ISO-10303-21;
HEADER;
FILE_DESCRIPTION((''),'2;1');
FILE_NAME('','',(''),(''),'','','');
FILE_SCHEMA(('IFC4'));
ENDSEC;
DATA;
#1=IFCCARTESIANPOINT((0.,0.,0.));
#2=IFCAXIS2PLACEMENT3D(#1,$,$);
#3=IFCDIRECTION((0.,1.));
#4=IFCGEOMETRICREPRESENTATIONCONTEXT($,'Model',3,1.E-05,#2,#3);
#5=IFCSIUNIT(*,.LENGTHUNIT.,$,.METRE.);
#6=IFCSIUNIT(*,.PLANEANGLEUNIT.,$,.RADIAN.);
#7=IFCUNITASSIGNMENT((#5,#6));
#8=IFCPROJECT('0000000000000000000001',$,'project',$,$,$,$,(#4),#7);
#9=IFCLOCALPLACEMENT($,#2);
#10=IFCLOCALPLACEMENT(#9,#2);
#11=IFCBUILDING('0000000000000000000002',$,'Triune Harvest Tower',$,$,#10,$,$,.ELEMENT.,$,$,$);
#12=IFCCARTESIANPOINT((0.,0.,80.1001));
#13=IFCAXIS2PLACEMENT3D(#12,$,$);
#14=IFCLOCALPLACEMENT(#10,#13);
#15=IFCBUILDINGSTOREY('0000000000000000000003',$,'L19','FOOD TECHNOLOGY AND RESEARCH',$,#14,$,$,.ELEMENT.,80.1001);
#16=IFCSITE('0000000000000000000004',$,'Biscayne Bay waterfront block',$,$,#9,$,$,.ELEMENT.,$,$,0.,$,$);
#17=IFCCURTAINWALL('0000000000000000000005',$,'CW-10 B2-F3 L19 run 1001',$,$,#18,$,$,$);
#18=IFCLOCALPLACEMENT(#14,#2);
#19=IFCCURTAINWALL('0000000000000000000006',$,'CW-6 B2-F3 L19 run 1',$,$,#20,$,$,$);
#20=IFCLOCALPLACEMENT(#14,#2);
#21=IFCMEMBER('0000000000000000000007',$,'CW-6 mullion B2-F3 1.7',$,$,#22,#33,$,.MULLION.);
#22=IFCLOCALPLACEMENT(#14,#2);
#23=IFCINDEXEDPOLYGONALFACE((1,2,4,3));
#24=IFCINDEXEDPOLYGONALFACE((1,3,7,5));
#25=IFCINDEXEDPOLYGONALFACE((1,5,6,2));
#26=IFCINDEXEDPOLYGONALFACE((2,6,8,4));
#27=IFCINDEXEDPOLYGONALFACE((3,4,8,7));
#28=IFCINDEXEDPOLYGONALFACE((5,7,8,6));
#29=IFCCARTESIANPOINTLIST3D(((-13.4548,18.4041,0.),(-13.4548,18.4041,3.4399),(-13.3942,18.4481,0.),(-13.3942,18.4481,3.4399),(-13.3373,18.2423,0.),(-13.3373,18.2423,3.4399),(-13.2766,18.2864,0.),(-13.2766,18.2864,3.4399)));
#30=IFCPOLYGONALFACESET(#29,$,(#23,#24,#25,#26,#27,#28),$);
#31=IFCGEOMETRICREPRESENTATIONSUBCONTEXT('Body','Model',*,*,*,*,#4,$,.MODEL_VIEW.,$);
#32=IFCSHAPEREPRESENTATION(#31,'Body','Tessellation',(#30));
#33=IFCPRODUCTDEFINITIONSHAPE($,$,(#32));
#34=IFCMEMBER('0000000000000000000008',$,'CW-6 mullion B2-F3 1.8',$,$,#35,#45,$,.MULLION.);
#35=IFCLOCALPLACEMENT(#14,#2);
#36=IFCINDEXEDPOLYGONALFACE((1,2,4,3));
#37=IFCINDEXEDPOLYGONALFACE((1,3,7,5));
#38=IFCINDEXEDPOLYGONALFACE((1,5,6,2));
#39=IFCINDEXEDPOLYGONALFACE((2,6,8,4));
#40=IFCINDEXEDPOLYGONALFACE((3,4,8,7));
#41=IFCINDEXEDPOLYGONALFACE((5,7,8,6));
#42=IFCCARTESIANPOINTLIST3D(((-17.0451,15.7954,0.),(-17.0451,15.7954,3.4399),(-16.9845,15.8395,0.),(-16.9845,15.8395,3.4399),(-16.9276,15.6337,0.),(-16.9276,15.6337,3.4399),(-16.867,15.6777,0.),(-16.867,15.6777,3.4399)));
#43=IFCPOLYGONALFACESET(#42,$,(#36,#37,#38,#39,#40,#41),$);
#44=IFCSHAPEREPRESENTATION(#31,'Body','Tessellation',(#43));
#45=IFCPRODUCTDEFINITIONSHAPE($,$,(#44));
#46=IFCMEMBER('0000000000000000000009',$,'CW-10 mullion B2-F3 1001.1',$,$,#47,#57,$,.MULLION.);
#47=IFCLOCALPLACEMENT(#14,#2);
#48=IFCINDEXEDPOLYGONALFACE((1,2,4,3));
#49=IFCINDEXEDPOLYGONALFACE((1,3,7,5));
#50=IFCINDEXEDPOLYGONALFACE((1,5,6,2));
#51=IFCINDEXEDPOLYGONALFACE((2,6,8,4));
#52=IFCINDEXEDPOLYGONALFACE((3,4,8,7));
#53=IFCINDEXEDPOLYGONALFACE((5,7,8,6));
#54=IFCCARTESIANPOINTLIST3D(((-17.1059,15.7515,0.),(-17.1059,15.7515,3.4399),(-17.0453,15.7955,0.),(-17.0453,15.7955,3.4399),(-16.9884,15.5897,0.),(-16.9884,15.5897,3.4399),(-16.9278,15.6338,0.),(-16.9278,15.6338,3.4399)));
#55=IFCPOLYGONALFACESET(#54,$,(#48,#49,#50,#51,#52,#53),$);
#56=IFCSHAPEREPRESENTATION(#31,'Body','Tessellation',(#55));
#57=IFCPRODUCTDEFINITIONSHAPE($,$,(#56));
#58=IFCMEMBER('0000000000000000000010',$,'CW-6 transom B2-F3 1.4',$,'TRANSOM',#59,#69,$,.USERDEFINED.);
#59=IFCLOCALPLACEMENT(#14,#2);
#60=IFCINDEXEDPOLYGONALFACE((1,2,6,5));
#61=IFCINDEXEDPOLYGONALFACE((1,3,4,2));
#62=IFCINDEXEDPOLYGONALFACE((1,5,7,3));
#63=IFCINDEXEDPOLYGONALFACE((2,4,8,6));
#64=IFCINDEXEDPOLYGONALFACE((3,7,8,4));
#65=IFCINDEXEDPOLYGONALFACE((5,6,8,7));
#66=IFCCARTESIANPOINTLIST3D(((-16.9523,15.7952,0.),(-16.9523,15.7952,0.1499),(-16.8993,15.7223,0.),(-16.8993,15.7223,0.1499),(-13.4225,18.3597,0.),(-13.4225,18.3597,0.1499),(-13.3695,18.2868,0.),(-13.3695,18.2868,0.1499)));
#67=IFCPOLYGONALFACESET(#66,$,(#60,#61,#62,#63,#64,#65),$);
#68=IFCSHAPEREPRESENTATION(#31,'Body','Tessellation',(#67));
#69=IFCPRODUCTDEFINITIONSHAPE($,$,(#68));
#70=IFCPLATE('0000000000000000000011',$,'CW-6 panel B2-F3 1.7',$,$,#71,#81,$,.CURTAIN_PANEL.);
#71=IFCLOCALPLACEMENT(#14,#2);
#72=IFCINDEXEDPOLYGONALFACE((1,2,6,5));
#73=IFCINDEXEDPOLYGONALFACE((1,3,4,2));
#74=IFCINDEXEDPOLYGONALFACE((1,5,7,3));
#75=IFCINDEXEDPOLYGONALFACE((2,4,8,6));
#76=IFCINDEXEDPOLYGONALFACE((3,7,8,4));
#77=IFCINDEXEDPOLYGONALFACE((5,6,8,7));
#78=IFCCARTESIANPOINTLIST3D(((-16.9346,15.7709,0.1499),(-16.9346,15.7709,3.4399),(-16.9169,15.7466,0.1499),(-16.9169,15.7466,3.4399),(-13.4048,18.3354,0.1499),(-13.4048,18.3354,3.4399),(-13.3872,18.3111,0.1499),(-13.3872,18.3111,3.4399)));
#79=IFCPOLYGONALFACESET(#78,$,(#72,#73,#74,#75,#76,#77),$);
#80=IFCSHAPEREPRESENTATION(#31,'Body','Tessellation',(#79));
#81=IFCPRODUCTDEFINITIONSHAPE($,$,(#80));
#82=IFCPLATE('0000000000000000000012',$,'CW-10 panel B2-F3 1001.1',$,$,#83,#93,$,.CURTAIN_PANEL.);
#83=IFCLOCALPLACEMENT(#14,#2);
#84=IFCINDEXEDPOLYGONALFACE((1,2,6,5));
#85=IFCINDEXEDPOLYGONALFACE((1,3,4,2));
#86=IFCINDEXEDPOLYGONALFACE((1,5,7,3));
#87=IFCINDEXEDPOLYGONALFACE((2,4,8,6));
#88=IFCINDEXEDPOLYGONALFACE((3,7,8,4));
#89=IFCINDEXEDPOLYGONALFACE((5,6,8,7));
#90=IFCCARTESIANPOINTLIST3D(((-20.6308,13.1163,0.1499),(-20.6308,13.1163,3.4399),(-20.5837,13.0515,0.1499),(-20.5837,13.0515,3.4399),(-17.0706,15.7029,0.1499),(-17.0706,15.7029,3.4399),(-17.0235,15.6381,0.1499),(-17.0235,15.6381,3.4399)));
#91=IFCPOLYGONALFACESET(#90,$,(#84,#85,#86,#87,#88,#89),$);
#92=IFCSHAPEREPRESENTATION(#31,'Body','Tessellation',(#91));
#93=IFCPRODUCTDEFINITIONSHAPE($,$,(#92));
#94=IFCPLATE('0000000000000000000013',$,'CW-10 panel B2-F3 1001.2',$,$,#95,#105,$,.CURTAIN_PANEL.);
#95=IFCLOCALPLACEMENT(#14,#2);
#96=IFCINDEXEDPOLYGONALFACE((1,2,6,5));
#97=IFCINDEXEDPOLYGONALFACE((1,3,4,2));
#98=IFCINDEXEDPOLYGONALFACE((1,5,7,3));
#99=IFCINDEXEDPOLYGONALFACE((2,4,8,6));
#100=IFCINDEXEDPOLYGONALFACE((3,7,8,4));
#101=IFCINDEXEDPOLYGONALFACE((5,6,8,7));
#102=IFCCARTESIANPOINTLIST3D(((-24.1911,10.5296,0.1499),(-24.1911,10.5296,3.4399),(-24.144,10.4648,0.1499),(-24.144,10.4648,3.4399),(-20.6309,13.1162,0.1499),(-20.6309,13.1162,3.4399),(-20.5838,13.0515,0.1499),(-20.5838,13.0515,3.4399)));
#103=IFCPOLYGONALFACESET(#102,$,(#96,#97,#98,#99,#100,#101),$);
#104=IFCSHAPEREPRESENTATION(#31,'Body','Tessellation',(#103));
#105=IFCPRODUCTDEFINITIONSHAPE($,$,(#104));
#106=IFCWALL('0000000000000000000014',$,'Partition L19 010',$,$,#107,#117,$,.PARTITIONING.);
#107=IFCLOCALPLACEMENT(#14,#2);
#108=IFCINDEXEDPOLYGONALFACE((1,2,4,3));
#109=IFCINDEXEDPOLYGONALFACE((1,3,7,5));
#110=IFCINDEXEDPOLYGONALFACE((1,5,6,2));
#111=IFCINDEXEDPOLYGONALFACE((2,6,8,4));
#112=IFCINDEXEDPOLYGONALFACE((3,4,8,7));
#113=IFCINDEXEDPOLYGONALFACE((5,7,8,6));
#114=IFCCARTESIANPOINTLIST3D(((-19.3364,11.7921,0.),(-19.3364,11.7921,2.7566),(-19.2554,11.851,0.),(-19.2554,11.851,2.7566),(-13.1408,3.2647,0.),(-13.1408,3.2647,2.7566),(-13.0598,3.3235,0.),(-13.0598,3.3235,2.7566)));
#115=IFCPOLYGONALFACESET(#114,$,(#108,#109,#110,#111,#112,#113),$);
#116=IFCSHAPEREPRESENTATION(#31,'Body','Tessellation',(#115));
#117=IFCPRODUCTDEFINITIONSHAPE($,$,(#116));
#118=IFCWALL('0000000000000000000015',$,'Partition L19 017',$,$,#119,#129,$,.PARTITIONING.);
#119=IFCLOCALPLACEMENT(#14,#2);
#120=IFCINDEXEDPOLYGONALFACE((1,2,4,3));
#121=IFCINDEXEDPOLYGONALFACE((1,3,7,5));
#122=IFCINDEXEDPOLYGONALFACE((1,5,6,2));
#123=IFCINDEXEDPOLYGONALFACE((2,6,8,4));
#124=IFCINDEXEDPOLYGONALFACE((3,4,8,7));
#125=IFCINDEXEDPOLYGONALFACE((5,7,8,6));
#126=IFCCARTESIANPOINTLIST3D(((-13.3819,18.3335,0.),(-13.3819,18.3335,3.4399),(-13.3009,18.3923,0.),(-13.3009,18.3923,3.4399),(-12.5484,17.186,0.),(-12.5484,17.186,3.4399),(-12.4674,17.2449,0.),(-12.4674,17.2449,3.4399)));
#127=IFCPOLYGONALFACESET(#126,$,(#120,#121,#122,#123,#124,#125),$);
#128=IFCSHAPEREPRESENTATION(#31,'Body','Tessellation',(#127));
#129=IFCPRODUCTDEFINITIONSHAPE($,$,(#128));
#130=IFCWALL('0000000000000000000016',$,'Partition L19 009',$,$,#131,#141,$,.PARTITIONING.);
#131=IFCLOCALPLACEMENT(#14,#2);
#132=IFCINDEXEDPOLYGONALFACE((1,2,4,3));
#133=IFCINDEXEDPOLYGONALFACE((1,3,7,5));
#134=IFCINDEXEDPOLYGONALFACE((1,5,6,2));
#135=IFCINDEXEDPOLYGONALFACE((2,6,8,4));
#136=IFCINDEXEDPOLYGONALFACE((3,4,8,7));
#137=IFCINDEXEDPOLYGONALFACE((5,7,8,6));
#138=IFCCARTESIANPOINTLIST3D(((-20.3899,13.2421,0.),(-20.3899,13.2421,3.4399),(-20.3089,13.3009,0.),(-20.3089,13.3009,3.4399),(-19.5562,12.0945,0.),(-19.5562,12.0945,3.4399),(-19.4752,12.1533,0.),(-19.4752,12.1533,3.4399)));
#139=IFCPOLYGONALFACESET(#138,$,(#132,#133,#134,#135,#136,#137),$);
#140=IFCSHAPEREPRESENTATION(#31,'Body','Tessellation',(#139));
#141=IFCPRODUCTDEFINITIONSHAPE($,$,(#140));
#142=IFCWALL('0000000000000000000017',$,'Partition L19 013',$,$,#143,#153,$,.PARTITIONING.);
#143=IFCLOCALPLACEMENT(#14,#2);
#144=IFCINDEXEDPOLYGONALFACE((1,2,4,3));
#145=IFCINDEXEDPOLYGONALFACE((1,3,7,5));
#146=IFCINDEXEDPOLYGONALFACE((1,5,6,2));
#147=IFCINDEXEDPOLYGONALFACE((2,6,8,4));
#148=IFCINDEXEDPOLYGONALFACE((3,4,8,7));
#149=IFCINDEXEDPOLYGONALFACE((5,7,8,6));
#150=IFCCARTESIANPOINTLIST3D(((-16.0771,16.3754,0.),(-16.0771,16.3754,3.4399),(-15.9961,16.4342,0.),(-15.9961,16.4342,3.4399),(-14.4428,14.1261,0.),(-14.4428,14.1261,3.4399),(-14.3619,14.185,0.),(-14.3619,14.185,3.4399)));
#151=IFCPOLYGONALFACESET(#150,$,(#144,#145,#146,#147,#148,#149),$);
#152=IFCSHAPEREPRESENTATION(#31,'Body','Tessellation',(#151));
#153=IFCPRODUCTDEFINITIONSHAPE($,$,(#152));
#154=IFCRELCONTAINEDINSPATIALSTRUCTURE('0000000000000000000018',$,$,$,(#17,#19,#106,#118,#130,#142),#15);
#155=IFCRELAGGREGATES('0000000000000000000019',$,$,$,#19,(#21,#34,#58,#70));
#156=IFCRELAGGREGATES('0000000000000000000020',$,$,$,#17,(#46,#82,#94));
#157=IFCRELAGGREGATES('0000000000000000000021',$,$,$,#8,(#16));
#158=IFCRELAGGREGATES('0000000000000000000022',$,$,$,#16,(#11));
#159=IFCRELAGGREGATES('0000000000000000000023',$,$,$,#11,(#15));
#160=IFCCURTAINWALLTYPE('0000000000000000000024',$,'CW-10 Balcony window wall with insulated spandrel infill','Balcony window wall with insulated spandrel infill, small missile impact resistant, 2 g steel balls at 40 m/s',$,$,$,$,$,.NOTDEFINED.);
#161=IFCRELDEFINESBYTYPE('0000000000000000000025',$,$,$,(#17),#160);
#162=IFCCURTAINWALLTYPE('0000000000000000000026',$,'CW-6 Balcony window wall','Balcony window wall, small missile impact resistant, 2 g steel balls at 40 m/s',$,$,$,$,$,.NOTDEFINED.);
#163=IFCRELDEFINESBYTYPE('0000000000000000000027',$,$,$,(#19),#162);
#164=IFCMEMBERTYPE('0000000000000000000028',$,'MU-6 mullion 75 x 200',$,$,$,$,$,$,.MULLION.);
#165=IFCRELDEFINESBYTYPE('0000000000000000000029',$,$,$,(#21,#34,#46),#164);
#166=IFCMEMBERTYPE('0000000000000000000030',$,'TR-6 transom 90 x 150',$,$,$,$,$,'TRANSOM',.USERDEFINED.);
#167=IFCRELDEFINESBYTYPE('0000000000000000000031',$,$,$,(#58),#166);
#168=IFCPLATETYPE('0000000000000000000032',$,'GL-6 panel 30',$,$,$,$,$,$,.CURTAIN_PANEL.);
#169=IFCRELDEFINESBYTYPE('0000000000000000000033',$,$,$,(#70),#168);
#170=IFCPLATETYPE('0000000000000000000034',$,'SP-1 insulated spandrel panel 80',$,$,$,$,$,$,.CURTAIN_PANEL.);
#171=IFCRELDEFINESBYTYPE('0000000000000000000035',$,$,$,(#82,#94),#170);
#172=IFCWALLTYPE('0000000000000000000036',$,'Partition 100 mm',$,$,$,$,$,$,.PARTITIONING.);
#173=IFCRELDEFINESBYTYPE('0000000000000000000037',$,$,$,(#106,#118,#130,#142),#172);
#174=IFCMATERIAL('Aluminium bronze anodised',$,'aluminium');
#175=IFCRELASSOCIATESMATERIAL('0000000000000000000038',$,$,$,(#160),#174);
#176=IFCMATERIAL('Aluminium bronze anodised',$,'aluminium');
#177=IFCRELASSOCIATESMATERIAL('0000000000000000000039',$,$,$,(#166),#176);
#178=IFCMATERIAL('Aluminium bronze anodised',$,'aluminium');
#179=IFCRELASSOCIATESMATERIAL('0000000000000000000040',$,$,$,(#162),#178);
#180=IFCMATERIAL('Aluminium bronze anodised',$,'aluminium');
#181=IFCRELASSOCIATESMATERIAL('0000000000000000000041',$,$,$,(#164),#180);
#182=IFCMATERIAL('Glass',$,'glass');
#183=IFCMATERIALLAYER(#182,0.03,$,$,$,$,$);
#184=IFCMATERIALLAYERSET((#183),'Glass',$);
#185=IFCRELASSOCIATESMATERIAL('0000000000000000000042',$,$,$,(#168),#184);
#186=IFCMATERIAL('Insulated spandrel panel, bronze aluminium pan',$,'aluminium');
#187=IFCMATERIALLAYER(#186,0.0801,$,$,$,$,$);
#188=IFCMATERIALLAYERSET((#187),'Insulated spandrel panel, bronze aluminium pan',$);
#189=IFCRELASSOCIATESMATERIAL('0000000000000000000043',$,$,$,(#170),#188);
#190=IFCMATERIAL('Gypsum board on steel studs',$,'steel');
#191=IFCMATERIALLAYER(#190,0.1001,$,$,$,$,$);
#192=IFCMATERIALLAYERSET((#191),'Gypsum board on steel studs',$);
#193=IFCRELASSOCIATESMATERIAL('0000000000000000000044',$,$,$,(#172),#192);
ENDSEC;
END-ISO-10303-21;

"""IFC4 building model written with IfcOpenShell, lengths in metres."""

from ifc_helpers import new_model, si_unit, direction, frame, frame_2d, origin, origin_2d, place, context, subcontext, project, spatial, rectangle, extrude, source, transform, mapped, material, layer, layer_set, material_profile, profile_set, type_object, element, aggregate, save


model = new_model("IFC4")

# Units and contexts
model_context = context("Model", 3, precision=1e-05, world=origin(), true_north=direction((0.0, 1.0)))
body_context = subcontext(model_context, "Body", "Model", "MODEL_VIEW")
ifc_project = project(units=[si_unit("LENGTHUNIT", "METRE"), si_unit("PLANEANGLEUNIT", "RADIAN")], contexts=[model_context])

# Site, building, storey
site_placement = place(None, origin())
site = spatial("IfcSite", under=ifc_project, at=site_placement, Name="Biscayne Bay waterfront block", CompositionType="ELEMENT", RefElevation=0.0)
building_placement = place(site_placement, origin())
building = spatial("IfcBuilding", under=site, at=building_placement, Name="Triune Harvest Tower", CompositionType="ELEMENT")
storey_placement = place(building_placement, frame((0.0, 0.0, 80.1001)))
storey = spatial("IfcBuildingStorey", under=building, at=storey_placement, Name="L19", Description="FOOD TECHNOLOGY AND RESEARCH", CompositionType="ELEMENT", Elevation=80.1001)

# Curtain wall
ifc_material_1 = material(Name="Aluminium bronze anodised", Category="aluminium")
curtain_wall_type_1 = type_object("IfcCurtainWallType", Name="CW-10 Balcony window wall with insulated spandrel infill", Description="Balcony window wall with insulated spandrel infill, small missile impact resistant, 2 g steel balls at 40 m/s", PredefinedType="NOTDEFINED", material=ifc_material_1)
curtain_wall_1_placement = place(storey_placement, origin())
curtain_wall_1 = element("IfcCurtainWall", 1, at=curtain_wall_1_placement, inside=storey, type_object=curtain_wall_type_1, Name="CW-10 B2-F3 L19 run 1001")
ifc_material_2 = material(Name="Aluminium bronze anodised", Category="aluminium")
ifc_material_profile_1 = material_profile(ifc_material_2, rectangle(XDim=0.0901, YDim=0.1499, at=origin_2d()), Name="TR-6 transom 90 x 150")
ifc_profile_set_1 = profile_set([ifc_material_profile_1], Name="Aluminium bronze anodised")
member_type_1 = type_object("IfcMemberType", Name="TR-6 transom 90 x 150", ElementType="TRANSOM", PredefinedType="USERDEFINED", material=ifc_profile_set_1)

# Curtain wall, members
ifc_material_3 = material(Name="Aluminium bronze anodised", Category="aluminium")
curtain_wall_type_2 = type_object("IfcCurtainWallType", Name="CW-6 Balcony window wall", Description="Balcony window wall, small missile impact resistant, 2 g steel balls at 40 m/s", PredefinedType="NOTDEFINED", material=ifc_material_3)
curtain_wall_2_placement = place(storey_placement, origin())
curtain_wall_2 = element("IfcCurtainWall", 2, at=curtain_wall_2_placement, inside=storey, type_object=curtain_wall_type_2, Name="CW-6 B2-F3 L19 run 1")
ifc_material_4 = material(Name="Aluminium bronze anodised", Category="aluminium")
ifc_material_profile_2 = material_profile(ifc_material_4, rectangle(XDim=0.2, YDim=0.075, at=origin_2d()), Name="MU-6 mullion 75 x 200")
ifc_profile_set_2 = profile_set([ifc_material_profile_2], Name="Aluminium bronze anodised")
member_type_2 = type_object("IfcMemberType", Name="MU-6 mullion 75 x 200", PredefinedType="MULLION", material=ifc_profile_set_2)
shared_shape_1 = source(origin(), body_context, "Body", "SweptSolid", [
    extrude(rectangle(XDim=0.2, YDim=0.075, at=origin_2d()), origin(), (0.0, 0.0, 1.0), 3.4399),
])
member_1_placement = place(storey_placement, frame((-13.3657, 18.3452, 0.0), z_axis=(0.0, 0.0, 1.0), x_axis=(0.587785, -0.809017, 0.0)))
member_1 = element("IfcMember", 3, at=member_1_placement, type_object=member_type_2, Name="CW-6 mullion B2-F3 1.7", PredefinedType="MULLION", context=body_context, shape_type="MappedRepresentation", body=[
    mapped(shared_shape_1, transform((0.0, 0.0, 0.0), scale=1.0)),
])
member_2_placement = place(storey_placement, frame((-16.9561, 15.7366, 0.0), z_axis=(0.0, 0.0, 1.0), x_axis=(0.587785, -0.809017, 0.0)))
member_2 = element("IfcMember", 4, at=member_2_placement, type_object=member_type_2, Name="CW-6 mullion B2-F3 1.8", PredefinedType="MULLION", context=body_context, shape_type="MappedRepresentation", body=[
    mapped(shared_shape_1, transform((0.0, 0.0, 0.0), scale=1.0)),
])

# Members
member_3_placement = place(storey_placement, frame((-17.0168, 15.6926, 0.0), z_axis=(0.0, 0.0, 1.0), x_axis=(0.587787, -0.809016, 0.0)))
member_3 = element("IfcMember", 5, at=member_3_placement, type_object=member_type_2, Name="CW-10 mullion B2-F3 1001.1", PredefinedType="MULLION", context=body_context, shape_type="MappedRepresentation", body=[
    mapped(shared_shape_1, transform((0.0, 0.0, 0.0), scale=1.0)),
])
shared_shape_2 = source(origin(), body_context, "Body", "SweptSolid", [
    extrude(rectangle(XDim=0.0901, YDim=0.1499, at=origin_2d()), origin(), (0.0, 0.0, 1.0), 4.363),
])
member_4_placement = place(storey_placement, frame((-13.396, 18.3232, 0.075), z_axis=(-0.809026, -0.587772, 0.0), x_axis=(0.587772, -0.809026, 0.0)))
member_4 = element("IfcMember", 6, at=member_4_placement, type_object=member_type_1, Name="CW-6 transom B2-F3 1.4", ObjectType="TRANSOM", PredefinedType="USERDEFINED", context=body_context, shape_type="MappedRepresentation", body=[
    mapped(shared_shape_2, transform((0.0, 0.0, 0.0), scale=1.0)),
])

# Plates
ifc_material_5 = material(Name="Glass", Category="glass")
ifc_layer_1 = layer(ifc_material_5, 0.03)
ifc_layer_set_1 = layer_set([ifc_layer_1], Name="Glass")
plate_type_1 = type_object("IfcPlateType", Name="GL-6 panel 30", PredefinedType="CURTAIN_PANEL", material=ifc_layer_set_1)
plate_1_placement = place(storey_placement, frame((-15.1609, 17.041, 0.1499), z_axis=(0.0, 0.0, 1.0), x_axis=(-0.809017, -0.587785, 0.0)))
plate_1 = element("IfcPlate", 7, at=plate_1_placement, type_object=plate_type_1, Name="CW-6 panel B2-F3 1.7", PredefinedType="CURTAIN_PANEL", context=body_context, shape_type="SweptSolid", body=[
    extrude(rectangle(XDim=4.363, YDim=0.03, at=origin_2d()), origin(), (0.0, 0.0, 1.0), 3.29),
])
aggregate(curtain_wall_2, [member_1, member_2, member_4, plate_1])
ifc_material_6 = material(Name="Insulated spandrel panel, bronze aluminium pan", Category="aluminium")
ifc_layer_2 = layer(ifc_material_6, 0.0801)
ifc_layer_set_2 = layer_set([ifc_layer_2], Name="Insulated spandrel panel, bronze aluminium pan")
plate_type_2 = type_object("IfcPlateType", Name="SP-1 insulated spandrel panel 80", PredefinedType="CURTAIN_PANEL", material=ifc_layer_set_2)
shared_shape_3 = source(origin(), body_context, "Body", "SweptSolid", [
    extrude(rectangle(XDim=4.4006, YDim=0.0801, at=origin_2d()), origin(), (0.0, 0.0, 1.0), 3.29),
])
plate_2_placement = place(storey_placement, frame((-18.8271, 14.3772, 0.1499), z_axis=(0.0, 0.0, 1.0), x_axis=(-0.809016, -0.587787, 0.0)))
plate_2 = element("IfcPlate", 8, at=plate_2_placement, type_object=plate_type_2, Name="CW-10 panel B2-F3 1001.1", PredefinedType="CURTAIN_PANEL", context=body_context, shape_type="MappedRepresentation", body=[
    mapped(shared_shape_3, transform((0.0, 0.0, 0.0), scale=1.0)),
])
plate_3_placement = place(storey_placement, frame((-22.3875, 11.7905, 0.1499), z_axis=(0.0, 0.0, 1.0), x_axis=(-0.809016, -0.587787, 0.0)))
plate_3 = element("IfcPlate", 9, at=plate_3_placement, type_object=plate_type_2, Name="CW-10 panel B2-F3 1001.2", PredefinedType="CURTAIN_PANEL", context=body_context, shape_type="MappedRepresentation", body=[
    mapped(shared_shape_3, transform((0.0, 0.0, 0.0), scale=1.0)),
])
aggregate(curtain_wall_1, [member_3, plate_2, plate_3])

# Walls
ifc_material_7 = material(Name="Gypsum board on steel studs", Category="steel")
ifc_layer_3 = layer(ifc_material_7, 0.1001)
ifc_layer_set_3 = layer_set([ifc_layer_3], Name="Gypsum board on steel studs")
wall_type_1 = type_object("IfcWallType", Name="Partition 100 mm", PredefinedType="PARTITIONING", material=ifc_layer_set_3)
wall_1_placement = place(storey_placement, frame((-19.2959, 11.8215, 0.0), z_axis=(0.0, 0.0, 1.0), x_axis=(0.58779, -0.809013, 0.0)))
element("IfcWall", 10, at=wall_1_placement, inside=storey, type_object=wall_type_1, Name="Partition L19 010", PredefinedType="PARTITIONING", context=body_context, shape_type="SweptSolid", body=[
    extrude(rectangle(XDim=10.5405, YDim=0.1001, at=frame_2d((5.2703, 0.0))), origin(), (0.0, 0.0, 1.0), 2.7566),
])
shared_shape_4 = source(origin(), body_context, "Body", "SweptSolid", [
    extrude(rectangle(XDim=1.4182, YDim=0.1001, at=frame_2d((0.709, 0.0))), origin(), (0.0, 0.0, 1.0), 3.4399),
])
wall_2_placement = place(storey_placement, frame((-13.3413, 18.3628, 0.0), z_axis=(0.0, 0.0, 1.0), x_axis=(0.587701, -0.809078, 0.0)))
element("IfcWall", 11, at=wall_2_placement, inside=storey, type_object=wall_type_1, Name="Partition L19 017", PredefinedType="PARTITIONING", context=body_context, shape_type="MappedRepresentation", body=[
    mapped(shared_shape_4, transform((0.0, 0.0, 0.0), scale=1.0)),
])
shared_shape_5 = source(origin(), body_context, "Body", "SweptSolid", [
    extrude(rectangle(XDim=1.4185, YDim=0.1001, at=frame_2d((0.7092, 0.0))), origin(), (0.0, 0.0, 1.0), 3.4399),
])
wall_3_placement = place(storey_placement, frame((-20.3494, 13.2715, 0.0), z_axis=(0.0, 0.0, 1.0), x_axis=(0.587732, -0.809056, 0.0)))
element("IfcWall", 12, at=wall_3_placement, inside=storey, type_object=wall_type_1, Name="Partition L19 009", PredefinedType="PARTITIONING", context=body_context, shape_type="MappedRepresentation", body=[
    mapped(shared_shape_5, transform((0.0, 0.0, 0.0), scale=1.0)),
])
shared_shape_6 = source(origin(), body_context, "Body", "SweptSolid", [
    extrude(rectangle(XDim=2.7803, YDim=0.1001, at=frame_2d((1.3901, 0.0))), origin(), (0.0, 0.0, 1.0), 3.4399),
])
wall_4_placement = place(storey_placement, frame((-16.0366, 16.4048, 0.0), z_axis=(0.0, 0.0, 1.0), x_axis=(0.587806, -0.809002, 0.0)))
element("IfcWall", 13, at=wall_4_placement, inside=storey, type_object=wall_type_1, Name="Partition L19 013", PredefinedType="PARTITIONING", context=body_context, shape_type="MappedRepresentation", body=[
    mapped(shared_shape_6, transform((0.0, 0.0, 0.0), scale=1.0)),
])

save(model, "model.ifc")
